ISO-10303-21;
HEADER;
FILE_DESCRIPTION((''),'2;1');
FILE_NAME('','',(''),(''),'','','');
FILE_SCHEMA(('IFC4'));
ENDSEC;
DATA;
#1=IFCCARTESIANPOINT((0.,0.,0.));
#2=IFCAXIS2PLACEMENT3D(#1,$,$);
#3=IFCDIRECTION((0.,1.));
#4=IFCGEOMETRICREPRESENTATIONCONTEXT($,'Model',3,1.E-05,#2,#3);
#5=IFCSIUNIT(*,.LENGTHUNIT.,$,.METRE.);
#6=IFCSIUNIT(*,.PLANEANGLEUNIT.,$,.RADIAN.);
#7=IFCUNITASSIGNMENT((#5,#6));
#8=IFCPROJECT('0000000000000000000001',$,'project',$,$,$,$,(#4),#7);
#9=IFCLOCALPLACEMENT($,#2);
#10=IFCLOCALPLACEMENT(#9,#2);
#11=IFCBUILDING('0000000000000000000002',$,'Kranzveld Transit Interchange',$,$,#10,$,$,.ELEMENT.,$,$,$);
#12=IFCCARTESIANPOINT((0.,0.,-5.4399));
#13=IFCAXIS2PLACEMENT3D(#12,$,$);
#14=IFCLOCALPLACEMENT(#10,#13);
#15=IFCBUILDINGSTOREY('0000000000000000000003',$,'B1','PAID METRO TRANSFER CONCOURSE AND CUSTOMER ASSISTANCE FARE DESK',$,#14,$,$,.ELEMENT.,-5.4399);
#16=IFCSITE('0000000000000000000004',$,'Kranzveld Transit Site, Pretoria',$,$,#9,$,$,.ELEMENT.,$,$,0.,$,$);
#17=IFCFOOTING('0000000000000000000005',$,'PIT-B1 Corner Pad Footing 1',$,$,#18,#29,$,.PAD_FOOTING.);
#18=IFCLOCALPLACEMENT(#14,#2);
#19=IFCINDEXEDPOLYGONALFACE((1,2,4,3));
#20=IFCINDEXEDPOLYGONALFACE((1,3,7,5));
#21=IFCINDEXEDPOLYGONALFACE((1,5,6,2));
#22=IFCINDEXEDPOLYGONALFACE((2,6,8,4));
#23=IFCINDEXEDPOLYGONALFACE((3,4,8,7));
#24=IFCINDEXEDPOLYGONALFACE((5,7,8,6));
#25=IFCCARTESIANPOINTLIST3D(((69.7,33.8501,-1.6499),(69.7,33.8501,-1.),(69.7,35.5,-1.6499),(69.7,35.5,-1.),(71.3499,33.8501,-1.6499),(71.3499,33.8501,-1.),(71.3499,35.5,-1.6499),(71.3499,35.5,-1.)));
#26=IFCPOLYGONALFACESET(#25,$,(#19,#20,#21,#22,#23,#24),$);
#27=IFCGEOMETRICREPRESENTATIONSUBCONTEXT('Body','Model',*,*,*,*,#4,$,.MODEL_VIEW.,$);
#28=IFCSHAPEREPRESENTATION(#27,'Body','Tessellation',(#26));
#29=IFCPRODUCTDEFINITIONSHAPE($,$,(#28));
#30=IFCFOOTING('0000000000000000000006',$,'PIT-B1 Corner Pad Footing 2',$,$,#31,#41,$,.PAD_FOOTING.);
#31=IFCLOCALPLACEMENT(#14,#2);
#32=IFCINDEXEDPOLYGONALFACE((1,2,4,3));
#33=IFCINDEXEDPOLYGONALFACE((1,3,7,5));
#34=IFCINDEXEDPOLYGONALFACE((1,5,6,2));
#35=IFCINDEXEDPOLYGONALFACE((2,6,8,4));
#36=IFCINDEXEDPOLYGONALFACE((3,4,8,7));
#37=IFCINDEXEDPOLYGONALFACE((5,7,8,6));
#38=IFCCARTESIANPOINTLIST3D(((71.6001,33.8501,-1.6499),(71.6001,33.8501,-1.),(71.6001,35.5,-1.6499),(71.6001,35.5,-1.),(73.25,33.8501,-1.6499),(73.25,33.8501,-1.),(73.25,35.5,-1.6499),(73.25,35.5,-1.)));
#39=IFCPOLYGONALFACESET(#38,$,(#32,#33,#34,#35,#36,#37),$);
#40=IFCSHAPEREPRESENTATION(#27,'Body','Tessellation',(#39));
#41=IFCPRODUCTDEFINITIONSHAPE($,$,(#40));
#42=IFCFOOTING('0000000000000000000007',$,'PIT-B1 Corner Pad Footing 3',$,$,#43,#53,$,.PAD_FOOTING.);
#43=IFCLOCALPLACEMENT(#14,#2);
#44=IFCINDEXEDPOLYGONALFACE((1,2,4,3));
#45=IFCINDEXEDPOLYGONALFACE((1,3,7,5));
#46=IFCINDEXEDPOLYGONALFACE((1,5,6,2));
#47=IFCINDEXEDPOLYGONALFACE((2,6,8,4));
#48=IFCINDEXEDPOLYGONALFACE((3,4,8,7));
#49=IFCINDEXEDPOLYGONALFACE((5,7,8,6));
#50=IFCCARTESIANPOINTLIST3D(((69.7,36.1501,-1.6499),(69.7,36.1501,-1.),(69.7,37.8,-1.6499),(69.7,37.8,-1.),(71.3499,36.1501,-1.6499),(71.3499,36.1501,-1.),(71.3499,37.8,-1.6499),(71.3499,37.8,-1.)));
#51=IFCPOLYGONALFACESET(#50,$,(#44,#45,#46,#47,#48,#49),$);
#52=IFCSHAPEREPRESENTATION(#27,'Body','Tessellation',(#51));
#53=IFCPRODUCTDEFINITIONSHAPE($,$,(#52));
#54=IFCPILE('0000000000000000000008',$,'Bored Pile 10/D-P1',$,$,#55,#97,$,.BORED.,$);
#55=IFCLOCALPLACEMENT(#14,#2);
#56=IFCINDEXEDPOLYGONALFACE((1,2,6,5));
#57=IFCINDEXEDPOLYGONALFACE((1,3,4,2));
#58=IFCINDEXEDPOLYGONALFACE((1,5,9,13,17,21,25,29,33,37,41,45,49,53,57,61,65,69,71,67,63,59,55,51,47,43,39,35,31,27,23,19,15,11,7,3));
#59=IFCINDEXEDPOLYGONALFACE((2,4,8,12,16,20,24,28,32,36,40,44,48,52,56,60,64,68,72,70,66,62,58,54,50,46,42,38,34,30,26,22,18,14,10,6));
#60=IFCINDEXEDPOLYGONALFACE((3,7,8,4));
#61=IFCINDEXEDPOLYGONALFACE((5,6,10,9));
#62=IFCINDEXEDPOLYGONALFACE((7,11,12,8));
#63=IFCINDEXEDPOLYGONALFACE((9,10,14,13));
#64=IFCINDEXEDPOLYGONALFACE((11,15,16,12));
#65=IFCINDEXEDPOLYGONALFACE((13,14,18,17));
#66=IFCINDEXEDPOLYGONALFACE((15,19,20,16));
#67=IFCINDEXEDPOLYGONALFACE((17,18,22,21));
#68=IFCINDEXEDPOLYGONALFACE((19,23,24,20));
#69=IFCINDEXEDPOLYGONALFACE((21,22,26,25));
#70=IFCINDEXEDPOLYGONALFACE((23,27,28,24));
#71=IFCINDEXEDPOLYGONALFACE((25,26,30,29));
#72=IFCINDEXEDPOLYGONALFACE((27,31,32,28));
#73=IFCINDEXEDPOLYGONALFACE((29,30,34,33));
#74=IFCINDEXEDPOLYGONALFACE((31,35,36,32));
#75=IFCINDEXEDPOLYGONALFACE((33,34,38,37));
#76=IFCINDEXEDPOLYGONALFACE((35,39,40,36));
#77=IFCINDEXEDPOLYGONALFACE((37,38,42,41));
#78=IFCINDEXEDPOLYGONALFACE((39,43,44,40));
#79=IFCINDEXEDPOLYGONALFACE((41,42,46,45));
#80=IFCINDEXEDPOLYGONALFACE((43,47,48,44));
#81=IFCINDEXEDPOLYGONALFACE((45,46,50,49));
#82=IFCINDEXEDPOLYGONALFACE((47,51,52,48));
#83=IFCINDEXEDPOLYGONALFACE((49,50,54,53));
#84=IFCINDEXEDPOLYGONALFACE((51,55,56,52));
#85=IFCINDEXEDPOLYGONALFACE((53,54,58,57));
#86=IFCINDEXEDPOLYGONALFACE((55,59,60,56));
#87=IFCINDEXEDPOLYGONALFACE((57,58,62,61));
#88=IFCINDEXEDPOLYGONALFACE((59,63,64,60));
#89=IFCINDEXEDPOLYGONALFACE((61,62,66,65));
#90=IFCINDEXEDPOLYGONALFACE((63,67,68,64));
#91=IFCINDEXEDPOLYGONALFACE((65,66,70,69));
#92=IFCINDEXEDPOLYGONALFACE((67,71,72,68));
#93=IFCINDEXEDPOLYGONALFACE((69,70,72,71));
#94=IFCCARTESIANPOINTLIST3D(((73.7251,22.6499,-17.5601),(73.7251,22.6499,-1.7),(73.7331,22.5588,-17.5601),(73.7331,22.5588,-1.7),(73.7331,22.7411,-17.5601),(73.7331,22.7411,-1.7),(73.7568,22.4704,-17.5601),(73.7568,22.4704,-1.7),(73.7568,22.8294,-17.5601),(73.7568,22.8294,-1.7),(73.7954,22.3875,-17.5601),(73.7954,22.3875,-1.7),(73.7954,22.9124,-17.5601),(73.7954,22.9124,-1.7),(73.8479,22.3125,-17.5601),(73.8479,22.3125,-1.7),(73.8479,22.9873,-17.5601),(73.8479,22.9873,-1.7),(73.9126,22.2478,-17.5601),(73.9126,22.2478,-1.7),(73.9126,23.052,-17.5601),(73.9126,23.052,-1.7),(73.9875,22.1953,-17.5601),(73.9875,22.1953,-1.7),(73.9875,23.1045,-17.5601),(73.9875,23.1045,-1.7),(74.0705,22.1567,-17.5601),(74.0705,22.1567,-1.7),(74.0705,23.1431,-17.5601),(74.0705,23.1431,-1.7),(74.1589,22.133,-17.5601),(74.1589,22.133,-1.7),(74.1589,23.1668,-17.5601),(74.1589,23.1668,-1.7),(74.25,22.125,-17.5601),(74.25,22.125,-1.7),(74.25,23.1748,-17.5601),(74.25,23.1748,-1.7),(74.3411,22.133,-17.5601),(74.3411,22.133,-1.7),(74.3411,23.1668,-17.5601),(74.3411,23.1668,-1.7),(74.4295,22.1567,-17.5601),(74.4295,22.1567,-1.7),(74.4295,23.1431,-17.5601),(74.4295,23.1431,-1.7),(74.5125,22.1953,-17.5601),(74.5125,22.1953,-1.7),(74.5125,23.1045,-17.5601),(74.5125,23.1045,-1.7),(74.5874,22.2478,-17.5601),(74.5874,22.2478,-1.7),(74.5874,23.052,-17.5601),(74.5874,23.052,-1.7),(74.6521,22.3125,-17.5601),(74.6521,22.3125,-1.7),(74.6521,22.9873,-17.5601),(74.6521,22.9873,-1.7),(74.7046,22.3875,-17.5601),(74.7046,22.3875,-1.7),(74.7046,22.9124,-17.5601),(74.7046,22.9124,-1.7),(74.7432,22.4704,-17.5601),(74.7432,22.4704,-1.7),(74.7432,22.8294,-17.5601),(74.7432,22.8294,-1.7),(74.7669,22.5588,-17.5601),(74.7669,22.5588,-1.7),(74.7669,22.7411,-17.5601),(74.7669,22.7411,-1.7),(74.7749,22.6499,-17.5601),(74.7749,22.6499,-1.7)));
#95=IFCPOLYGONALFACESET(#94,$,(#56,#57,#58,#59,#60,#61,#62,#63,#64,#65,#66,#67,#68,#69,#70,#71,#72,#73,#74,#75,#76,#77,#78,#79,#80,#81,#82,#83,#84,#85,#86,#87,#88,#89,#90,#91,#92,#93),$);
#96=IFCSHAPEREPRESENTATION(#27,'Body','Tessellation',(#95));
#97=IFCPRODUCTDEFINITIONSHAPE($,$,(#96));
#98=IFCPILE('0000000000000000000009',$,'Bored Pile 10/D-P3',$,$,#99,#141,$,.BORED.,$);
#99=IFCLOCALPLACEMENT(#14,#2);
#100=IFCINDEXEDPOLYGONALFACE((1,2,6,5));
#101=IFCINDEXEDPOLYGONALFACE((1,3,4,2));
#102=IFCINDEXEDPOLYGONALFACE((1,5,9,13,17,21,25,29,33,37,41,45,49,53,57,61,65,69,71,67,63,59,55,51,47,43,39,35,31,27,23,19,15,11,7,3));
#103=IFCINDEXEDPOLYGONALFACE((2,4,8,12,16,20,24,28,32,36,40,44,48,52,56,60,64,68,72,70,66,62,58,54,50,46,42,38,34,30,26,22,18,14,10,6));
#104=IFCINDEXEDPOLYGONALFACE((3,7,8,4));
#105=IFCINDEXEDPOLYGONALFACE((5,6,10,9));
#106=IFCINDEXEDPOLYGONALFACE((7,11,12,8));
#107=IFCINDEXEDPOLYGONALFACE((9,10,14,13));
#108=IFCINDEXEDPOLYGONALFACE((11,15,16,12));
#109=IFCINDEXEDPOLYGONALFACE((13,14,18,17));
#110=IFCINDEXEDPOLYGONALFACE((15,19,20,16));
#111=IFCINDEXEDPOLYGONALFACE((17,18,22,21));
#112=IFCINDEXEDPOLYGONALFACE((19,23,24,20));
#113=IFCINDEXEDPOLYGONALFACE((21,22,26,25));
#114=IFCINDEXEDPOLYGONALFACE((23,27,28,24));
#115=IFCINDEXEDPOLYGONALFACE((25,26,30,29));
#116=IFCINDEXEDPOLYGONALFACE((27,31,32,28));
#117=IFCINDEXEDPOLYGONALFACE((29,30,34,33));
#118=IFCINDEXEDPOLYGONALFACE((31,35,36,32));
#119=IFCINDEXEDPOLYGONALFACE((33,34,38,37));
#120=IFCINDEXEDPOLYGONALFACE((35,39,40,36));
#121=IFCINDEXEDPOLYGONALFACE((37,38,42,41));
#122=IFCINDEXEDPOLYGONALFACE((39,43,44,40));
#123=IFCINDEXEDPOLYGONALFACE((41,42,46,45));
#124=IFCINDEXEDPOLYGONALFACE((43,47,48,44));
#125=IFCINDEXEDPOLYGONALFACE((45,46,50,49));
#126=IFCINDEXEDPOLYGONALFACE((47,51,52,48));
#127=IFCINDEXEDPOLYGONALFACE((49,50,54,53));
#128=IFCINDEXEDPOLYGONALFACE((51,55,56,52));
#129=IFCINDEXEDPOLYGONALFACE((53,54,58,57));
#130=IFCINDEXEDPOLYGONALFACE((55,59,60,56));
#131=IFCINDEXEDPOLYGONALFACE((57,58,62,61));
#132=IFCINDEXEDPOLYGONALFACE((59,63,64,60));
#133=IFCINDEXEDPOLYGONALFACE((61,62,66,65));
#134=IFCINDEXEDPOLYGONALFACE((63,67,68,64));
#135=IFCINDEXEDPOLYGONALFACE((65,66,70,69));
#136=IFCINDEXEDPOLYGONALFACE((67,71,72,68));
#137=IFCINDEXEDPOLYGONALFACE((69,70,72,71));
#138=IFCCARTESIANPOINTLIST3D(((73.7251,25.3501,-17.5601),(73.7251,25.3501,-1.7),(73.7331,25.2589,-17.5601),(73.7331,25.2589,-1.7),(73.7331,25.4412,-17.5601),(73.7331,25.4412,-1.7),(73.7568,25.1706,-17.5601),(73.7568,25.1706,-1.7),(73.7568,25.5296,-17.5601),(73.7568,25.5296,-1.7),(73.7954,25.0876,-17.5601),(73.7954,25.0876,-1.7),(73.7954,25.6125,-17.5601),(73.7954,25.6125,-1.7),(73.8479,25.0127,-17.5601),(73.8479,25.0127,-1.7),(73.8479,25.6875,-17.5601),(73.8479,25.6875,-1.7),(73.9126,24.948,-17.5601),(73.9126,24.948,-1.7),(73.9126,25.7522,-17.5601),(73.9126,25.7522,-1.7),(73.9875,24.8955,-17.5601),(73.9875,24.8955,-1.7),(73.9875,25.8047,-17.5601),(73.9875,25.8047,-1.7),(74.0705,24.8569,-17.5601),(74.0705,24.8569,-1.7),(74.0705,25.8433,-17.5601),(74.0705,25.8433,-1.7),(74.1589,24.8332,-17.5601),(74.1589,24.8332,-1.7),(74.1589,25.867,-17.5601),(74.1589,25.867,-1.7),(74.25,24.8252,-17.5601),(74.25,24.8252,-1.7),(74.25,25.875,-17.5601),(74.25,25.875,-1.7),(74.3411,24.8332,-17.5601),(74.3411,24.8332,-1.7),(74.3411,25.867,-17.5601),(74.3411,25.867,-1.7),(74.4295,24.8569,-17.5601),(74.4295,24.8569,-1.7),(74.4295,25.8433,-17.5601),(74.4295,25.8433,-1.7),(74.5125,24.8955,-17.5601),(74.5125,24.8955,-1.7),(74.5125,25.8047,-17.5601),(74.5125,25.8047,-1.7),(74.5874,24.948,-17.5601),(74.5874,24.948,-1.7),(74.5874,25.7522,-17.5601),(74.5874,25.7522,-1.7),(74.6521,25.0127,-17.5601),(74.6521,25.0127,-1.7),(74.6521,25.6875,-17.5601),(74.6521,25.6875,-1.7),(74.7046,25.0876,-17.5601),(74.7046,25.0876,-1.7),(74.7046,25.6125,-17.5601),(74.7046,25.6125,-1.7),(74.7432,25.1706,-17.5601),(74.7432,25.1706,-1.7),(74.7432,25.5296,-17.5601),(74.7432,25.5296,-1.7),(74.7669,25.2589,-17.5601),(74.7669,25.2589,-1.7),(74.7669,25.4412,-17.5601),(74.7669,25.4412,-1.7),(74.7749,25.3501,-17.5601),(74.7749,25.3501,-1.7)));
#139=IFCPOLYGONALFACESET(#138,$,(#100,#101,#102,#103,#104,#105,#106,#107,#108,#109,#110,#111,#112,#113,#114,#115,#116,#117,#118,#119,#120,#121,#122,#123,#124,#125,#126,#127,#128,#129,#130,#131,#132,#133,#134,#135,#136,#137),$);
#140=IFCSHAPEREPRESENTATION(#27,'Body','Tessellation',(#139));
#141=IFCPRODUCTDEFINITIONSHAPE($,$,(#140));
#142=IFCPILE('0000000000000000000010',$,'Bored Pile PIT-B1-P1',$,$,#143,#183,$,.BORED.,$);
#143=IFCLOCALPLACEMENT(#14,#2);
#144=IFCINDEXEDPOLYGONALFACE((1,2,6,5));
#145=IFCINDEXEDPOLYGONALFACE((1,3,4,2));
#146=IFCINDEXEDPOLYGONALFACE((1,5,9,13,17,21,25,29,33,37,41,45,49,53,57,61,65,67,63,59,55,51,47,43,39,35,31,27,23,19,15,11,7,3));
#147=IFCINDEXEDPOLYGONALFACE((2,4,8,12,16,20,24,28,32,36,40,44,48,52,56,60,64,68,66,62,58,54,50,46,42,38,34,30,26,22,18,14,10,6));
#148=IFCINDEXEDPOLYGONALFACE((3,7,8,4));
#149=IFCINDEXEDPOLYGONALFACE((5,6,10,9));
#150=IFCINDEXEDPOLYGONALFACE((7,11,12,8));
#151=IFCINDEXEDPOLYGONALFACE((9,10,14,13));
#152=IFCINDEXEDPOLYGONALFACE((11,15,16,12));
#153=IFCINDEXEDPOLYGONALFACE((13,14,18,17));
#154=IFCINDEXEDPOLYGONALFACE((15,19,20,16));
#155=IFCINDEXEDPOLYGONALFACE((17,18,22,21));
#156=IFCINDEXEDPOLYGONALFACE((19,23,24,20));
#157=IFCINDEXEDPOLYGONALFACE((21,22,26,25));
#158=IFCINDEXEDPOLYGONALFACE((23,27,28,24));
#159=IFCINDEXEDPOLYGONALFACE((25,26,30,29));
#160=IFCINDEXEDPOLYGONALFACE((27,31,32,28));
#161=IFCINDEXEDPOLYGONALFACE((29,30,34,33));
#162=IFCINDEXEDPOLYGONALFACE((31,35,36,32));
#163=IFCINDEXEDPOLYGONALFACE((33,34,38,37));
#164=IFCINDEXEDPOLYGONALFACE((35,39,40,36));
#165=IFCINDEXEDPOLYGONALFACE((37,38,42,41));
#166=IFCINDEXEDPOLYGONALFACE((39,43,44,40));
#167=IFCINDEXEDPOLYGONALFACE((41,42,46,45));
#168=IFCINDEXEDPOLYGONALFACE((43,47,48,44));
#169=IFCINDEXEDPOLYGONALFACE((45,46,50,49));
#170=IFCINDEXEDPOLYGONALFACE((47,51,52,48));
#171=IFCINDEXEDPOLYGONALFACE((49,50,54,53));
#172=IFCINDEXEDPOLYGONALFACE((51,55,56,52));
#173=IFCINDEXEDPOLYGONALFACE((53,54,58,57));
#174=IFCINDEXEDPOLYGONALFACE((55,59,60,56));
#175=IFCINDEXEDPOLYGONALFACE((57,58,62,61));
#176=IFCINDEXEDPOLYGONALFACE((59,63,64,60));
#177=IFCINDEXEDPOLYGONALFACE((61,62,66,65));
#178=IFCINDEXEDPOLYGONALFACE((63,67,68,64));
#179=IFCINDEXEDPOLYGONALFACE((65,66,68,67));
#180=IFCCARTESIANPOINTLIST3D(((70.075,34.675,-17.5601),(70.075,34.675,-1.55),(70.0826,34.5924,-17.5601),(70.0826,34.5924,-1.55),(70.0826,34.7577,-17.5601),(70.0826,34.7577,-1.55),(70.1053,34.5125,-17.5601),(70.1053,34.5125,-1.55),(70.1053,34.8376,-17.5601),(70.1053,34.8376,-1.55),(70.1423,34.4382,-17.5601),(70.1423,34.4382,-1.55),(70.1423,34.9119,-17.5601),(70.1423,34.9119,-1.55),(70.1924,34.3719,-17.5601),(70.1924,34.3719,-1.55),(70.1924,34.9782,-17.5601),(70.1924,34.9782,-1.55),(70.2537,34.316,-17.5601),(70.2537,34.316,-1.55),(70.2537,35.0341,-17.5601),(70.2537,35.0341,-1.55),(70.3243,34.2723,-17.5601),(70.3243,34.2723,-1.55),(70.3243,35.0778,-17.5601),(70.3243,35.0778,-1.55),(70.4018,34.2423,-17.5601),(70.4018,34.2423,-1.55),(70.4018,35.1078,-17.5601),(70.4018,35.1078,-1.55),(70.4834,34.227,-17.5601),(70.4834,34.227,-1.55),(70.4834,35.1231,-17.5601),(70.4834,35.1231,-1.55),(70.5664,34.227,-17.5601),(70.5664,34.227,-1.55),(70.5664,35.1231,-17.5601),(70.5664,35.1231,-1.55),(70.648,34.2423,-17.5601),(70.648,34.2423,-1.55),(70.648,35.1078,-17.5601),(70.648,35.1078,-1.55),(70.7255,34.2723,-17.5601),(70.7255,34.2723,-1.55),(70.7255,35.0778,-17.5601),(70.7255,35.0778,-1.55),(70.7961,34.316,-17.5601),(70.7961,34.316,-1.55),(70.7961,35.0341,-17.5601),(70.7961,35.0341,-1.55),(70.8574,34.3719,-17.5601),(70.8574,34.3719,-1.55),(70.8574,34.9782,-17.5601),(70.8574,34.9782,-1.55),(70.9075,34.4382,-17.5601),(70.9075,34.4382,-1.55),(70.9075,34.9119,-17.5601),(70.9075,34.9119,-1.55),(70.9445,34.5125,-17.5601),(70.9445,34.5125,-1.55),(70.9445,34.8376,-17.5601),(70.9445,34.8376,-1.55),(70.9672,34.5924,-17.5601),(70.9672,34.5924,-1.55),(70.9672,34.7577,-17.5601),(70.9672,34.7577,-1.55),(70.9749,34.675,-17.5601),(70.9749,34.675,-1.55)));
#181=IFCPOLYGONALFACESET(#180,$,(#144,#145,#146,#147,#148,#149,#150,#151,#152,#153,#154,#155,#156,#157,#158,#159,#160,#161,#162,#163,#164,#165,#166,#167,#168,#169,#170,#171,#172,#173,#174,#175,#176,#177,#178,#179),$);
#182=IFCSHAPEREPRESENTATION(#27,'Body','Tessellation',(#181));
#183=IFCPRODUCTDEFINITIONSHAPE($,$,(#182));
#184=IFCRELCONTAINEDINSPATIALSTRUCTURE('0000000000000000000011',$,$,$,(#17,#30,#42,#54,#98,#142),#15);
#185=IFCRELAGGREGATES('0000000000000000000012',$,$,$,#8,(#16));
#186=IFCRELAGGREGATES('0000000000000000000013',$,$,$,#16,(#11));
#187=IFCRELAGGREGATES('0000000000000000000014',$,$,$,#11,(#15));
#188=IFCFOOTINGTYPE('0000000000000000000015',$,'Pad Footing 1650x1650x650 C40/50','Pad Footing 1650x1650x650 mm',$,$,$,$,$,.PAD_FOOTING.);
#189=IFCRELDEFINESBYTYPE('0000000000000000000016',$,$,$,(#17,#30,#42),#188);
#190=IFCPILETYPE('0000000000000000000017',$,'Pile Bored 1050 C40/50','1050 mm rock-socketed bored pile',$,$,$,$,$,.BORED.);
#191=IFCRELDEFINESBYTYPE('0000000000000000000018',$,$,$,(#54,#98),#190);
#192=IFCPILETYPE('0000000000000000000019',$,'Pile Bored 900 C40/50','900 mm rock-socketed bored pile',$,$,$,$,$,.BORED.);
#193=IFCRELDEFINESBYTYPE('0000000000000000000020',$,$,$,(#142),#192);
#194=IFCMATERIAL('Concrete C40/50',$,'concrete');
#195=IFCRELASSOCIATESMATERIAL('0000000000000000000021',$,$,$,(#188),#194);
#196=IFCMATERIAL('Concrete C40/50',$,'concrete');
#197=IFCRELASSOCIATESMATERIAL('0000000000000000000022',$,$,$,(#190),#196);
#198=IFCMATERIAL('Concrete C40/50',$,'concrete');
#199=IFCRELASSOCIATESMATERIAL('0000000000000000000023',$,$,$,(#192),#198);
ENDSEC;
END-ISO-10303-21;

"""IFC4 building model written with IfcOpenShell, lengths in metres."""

from ifc_helpers import new_model, si_unit, direction, frame, origin, origin_2d, place, context, subcontext, project, spatial, rectangle, circle, extrude, material, material_profile, profile_set, type_object, element, save


model = new_model("IFC4")

# Units and contexts
model_context = context("Model", 3, precision=1e-05, world=origin(), true_north=direction((0.0, 1.0)))
body_context = subcontext(model_context, "Body", "Model", "MODEL_VIEW")
ifc_project = project(units=[si_unit("LENGTHUNIT", "METRE"), si_unit("PLANEANGLEUNIT", "RADIAN")], contexts=[model_context])

# Site, building, storey
site_placement = place(None, origin())
site = spatial("IfcSite", under=ifc_project, at=site_placement, Name="Kranzveld Transit Site, Pretoria", CompositionType="ELEMENT", RefElevation=0.0)
building_placement = place(site_placement, origin())
building = spatial("IfcBuilding", under=site, at=building_placement, Name="Kranzveld Transit Interchange", CompositionType="ELEMENT")
storey_placement = place(building_placement, frame((0.0, 0.0, -5.4399)))
storey = spatial("IfcBuildingStorey", under=building, at=storey_placement, Name="B1", Description="PAID METRO TRANSFER CONCOURSE AND CUSTOMER ASSISTANCE FARE DESK", CompositionType="ELEMENT", Elevation=-5.4399)

# Footings
ifc_material_1 = material(Name="Concrete C40/50", Category="concrete")
footing_type_1 = type_object("IfcFootingType", Name="Pad Footing 1650x1650x650 C40/50", Description="Pad Footing 1650x1650x650 mm", PredefinedType="PAD_FOOTING", material=ifc_material_1)
for number, where, z_axis, x_axis, name in (
    (1, (70.5249, 34.675, -1.6499), (0.0, 0.0, 1.0), (1.0, 0.0, 0.0), "PIT-B1 Corner Pad Footing 1"),
    (2, (72.425, 34.675, -1.6499), (0.0, 0.0, 1.0), (1.0, 0.0, 0.0), "PIT-B1 Corner Pad Footing 2"),
    (3, (70.5249, 36.9751, -1.6499), (0.0, 0.0, 1.0), (1.0, 0.0, 0.0), "PIT-B1 Corner Pad Footing 3"),
):
    element("IfcFooting", number, at=place(storey_placement, frame(where, z_axis=z_axis, x_axis=x_axis)), inside=storey, type_object=footing_type_1, Name=name, PredefinedType="PAD_FOOTING", context=body_context, shape_type="SweptSolid", body=[
        extrude(rectangle(XDim=1.6499, YDim=1.6499, at=origin_2d()), origin(), (0.0, 0.0, 1.0), 0.6499),
    ])

# Piles
ifc_material_2 = material(Name="Concrete C40/50", Category="concrete")
ifc_material_profile_1 = material_profile(ifc_material_2, circle(Radius=0.5249, at=origin_2d()), Name="BORED PILE 1050")
ifc_profile_set_1 = profile_set([ifc_material_profile_1], Name="Concrete C40/50")
pile_type_1 = type_object("IfcPileType", Name="Pile Bored 1050 C40/50", Description="1050 mm rock-socketed bored pile", PredefinedType="BORED", material=ifc_profile_set_1)
for number, where, z_axis, x_axis, name in (
    (4, (74.25, 22.6499, -1.7), (0.0, 0.0, -1.0), (1.0, 0.0, 0.0), "Bored Pile 10/D-P1"),
    (5, (74.25, 25.3501, -1.7), (0.0, 0.0, -1.0), (1.0, 0.0, 0.0), "Bored Pile 10/D-P3"),
):
    element("IfcPile", number, at=place(storey_placement, frame(where, z_axis=z_axis, x_axis=x_axis)), inside=storey, type_object=pile_type_1, Name=name, PredefinedType="BORED", context=body_context, shape_type="SweptSolid", body=[
        extrude(circle(Radius=0.5249, at=origin_2d()), origin(), (0.0, 0.0, 1.0), 15.8601),
    ])
ifc_material_3 = material(Name="Concrete C40/50", Category="concrete")
ifc_material_profile_2 = material_profile(ifc_material_3, circle(Radius=0.45, at=origin_2d()), Name="BORED PILE 900")
ifc_profile_set_2 = profile_set([ifc_material_profile_2], Name="Concrete C40/50")
pile_type_2 = type_object("IfcPileType", Name="Pile Bored 900 C40/50", Description="900 mm rock-socketed bored pile", PredefinedType="BORED", material=ifc_profile_set_2)
for number, where, z_axis, x_axis, name in (
    (6, (70.5249, 34.675, -1.55), (0.0, 0.0, -1.0), (1.0, 0.0, 0.0), "Bored Pile PIT-B1-P1"),
):
    element("IfcPile", number, at=place(storey_placement, frame(where, z_axis=z_axis, x_axis=x_axis)), inside=storey, type_object=pile_type_2, Name=name, PredefinedType="BORED", context=body_context, shape_type="SweptSolid", body=[
        extrude(circle(Radius=0.45, at=origin_2d()), origin(), (0.0, 0.0, 1.0), 16.01),
    ])

save(model, "model.ifc")
